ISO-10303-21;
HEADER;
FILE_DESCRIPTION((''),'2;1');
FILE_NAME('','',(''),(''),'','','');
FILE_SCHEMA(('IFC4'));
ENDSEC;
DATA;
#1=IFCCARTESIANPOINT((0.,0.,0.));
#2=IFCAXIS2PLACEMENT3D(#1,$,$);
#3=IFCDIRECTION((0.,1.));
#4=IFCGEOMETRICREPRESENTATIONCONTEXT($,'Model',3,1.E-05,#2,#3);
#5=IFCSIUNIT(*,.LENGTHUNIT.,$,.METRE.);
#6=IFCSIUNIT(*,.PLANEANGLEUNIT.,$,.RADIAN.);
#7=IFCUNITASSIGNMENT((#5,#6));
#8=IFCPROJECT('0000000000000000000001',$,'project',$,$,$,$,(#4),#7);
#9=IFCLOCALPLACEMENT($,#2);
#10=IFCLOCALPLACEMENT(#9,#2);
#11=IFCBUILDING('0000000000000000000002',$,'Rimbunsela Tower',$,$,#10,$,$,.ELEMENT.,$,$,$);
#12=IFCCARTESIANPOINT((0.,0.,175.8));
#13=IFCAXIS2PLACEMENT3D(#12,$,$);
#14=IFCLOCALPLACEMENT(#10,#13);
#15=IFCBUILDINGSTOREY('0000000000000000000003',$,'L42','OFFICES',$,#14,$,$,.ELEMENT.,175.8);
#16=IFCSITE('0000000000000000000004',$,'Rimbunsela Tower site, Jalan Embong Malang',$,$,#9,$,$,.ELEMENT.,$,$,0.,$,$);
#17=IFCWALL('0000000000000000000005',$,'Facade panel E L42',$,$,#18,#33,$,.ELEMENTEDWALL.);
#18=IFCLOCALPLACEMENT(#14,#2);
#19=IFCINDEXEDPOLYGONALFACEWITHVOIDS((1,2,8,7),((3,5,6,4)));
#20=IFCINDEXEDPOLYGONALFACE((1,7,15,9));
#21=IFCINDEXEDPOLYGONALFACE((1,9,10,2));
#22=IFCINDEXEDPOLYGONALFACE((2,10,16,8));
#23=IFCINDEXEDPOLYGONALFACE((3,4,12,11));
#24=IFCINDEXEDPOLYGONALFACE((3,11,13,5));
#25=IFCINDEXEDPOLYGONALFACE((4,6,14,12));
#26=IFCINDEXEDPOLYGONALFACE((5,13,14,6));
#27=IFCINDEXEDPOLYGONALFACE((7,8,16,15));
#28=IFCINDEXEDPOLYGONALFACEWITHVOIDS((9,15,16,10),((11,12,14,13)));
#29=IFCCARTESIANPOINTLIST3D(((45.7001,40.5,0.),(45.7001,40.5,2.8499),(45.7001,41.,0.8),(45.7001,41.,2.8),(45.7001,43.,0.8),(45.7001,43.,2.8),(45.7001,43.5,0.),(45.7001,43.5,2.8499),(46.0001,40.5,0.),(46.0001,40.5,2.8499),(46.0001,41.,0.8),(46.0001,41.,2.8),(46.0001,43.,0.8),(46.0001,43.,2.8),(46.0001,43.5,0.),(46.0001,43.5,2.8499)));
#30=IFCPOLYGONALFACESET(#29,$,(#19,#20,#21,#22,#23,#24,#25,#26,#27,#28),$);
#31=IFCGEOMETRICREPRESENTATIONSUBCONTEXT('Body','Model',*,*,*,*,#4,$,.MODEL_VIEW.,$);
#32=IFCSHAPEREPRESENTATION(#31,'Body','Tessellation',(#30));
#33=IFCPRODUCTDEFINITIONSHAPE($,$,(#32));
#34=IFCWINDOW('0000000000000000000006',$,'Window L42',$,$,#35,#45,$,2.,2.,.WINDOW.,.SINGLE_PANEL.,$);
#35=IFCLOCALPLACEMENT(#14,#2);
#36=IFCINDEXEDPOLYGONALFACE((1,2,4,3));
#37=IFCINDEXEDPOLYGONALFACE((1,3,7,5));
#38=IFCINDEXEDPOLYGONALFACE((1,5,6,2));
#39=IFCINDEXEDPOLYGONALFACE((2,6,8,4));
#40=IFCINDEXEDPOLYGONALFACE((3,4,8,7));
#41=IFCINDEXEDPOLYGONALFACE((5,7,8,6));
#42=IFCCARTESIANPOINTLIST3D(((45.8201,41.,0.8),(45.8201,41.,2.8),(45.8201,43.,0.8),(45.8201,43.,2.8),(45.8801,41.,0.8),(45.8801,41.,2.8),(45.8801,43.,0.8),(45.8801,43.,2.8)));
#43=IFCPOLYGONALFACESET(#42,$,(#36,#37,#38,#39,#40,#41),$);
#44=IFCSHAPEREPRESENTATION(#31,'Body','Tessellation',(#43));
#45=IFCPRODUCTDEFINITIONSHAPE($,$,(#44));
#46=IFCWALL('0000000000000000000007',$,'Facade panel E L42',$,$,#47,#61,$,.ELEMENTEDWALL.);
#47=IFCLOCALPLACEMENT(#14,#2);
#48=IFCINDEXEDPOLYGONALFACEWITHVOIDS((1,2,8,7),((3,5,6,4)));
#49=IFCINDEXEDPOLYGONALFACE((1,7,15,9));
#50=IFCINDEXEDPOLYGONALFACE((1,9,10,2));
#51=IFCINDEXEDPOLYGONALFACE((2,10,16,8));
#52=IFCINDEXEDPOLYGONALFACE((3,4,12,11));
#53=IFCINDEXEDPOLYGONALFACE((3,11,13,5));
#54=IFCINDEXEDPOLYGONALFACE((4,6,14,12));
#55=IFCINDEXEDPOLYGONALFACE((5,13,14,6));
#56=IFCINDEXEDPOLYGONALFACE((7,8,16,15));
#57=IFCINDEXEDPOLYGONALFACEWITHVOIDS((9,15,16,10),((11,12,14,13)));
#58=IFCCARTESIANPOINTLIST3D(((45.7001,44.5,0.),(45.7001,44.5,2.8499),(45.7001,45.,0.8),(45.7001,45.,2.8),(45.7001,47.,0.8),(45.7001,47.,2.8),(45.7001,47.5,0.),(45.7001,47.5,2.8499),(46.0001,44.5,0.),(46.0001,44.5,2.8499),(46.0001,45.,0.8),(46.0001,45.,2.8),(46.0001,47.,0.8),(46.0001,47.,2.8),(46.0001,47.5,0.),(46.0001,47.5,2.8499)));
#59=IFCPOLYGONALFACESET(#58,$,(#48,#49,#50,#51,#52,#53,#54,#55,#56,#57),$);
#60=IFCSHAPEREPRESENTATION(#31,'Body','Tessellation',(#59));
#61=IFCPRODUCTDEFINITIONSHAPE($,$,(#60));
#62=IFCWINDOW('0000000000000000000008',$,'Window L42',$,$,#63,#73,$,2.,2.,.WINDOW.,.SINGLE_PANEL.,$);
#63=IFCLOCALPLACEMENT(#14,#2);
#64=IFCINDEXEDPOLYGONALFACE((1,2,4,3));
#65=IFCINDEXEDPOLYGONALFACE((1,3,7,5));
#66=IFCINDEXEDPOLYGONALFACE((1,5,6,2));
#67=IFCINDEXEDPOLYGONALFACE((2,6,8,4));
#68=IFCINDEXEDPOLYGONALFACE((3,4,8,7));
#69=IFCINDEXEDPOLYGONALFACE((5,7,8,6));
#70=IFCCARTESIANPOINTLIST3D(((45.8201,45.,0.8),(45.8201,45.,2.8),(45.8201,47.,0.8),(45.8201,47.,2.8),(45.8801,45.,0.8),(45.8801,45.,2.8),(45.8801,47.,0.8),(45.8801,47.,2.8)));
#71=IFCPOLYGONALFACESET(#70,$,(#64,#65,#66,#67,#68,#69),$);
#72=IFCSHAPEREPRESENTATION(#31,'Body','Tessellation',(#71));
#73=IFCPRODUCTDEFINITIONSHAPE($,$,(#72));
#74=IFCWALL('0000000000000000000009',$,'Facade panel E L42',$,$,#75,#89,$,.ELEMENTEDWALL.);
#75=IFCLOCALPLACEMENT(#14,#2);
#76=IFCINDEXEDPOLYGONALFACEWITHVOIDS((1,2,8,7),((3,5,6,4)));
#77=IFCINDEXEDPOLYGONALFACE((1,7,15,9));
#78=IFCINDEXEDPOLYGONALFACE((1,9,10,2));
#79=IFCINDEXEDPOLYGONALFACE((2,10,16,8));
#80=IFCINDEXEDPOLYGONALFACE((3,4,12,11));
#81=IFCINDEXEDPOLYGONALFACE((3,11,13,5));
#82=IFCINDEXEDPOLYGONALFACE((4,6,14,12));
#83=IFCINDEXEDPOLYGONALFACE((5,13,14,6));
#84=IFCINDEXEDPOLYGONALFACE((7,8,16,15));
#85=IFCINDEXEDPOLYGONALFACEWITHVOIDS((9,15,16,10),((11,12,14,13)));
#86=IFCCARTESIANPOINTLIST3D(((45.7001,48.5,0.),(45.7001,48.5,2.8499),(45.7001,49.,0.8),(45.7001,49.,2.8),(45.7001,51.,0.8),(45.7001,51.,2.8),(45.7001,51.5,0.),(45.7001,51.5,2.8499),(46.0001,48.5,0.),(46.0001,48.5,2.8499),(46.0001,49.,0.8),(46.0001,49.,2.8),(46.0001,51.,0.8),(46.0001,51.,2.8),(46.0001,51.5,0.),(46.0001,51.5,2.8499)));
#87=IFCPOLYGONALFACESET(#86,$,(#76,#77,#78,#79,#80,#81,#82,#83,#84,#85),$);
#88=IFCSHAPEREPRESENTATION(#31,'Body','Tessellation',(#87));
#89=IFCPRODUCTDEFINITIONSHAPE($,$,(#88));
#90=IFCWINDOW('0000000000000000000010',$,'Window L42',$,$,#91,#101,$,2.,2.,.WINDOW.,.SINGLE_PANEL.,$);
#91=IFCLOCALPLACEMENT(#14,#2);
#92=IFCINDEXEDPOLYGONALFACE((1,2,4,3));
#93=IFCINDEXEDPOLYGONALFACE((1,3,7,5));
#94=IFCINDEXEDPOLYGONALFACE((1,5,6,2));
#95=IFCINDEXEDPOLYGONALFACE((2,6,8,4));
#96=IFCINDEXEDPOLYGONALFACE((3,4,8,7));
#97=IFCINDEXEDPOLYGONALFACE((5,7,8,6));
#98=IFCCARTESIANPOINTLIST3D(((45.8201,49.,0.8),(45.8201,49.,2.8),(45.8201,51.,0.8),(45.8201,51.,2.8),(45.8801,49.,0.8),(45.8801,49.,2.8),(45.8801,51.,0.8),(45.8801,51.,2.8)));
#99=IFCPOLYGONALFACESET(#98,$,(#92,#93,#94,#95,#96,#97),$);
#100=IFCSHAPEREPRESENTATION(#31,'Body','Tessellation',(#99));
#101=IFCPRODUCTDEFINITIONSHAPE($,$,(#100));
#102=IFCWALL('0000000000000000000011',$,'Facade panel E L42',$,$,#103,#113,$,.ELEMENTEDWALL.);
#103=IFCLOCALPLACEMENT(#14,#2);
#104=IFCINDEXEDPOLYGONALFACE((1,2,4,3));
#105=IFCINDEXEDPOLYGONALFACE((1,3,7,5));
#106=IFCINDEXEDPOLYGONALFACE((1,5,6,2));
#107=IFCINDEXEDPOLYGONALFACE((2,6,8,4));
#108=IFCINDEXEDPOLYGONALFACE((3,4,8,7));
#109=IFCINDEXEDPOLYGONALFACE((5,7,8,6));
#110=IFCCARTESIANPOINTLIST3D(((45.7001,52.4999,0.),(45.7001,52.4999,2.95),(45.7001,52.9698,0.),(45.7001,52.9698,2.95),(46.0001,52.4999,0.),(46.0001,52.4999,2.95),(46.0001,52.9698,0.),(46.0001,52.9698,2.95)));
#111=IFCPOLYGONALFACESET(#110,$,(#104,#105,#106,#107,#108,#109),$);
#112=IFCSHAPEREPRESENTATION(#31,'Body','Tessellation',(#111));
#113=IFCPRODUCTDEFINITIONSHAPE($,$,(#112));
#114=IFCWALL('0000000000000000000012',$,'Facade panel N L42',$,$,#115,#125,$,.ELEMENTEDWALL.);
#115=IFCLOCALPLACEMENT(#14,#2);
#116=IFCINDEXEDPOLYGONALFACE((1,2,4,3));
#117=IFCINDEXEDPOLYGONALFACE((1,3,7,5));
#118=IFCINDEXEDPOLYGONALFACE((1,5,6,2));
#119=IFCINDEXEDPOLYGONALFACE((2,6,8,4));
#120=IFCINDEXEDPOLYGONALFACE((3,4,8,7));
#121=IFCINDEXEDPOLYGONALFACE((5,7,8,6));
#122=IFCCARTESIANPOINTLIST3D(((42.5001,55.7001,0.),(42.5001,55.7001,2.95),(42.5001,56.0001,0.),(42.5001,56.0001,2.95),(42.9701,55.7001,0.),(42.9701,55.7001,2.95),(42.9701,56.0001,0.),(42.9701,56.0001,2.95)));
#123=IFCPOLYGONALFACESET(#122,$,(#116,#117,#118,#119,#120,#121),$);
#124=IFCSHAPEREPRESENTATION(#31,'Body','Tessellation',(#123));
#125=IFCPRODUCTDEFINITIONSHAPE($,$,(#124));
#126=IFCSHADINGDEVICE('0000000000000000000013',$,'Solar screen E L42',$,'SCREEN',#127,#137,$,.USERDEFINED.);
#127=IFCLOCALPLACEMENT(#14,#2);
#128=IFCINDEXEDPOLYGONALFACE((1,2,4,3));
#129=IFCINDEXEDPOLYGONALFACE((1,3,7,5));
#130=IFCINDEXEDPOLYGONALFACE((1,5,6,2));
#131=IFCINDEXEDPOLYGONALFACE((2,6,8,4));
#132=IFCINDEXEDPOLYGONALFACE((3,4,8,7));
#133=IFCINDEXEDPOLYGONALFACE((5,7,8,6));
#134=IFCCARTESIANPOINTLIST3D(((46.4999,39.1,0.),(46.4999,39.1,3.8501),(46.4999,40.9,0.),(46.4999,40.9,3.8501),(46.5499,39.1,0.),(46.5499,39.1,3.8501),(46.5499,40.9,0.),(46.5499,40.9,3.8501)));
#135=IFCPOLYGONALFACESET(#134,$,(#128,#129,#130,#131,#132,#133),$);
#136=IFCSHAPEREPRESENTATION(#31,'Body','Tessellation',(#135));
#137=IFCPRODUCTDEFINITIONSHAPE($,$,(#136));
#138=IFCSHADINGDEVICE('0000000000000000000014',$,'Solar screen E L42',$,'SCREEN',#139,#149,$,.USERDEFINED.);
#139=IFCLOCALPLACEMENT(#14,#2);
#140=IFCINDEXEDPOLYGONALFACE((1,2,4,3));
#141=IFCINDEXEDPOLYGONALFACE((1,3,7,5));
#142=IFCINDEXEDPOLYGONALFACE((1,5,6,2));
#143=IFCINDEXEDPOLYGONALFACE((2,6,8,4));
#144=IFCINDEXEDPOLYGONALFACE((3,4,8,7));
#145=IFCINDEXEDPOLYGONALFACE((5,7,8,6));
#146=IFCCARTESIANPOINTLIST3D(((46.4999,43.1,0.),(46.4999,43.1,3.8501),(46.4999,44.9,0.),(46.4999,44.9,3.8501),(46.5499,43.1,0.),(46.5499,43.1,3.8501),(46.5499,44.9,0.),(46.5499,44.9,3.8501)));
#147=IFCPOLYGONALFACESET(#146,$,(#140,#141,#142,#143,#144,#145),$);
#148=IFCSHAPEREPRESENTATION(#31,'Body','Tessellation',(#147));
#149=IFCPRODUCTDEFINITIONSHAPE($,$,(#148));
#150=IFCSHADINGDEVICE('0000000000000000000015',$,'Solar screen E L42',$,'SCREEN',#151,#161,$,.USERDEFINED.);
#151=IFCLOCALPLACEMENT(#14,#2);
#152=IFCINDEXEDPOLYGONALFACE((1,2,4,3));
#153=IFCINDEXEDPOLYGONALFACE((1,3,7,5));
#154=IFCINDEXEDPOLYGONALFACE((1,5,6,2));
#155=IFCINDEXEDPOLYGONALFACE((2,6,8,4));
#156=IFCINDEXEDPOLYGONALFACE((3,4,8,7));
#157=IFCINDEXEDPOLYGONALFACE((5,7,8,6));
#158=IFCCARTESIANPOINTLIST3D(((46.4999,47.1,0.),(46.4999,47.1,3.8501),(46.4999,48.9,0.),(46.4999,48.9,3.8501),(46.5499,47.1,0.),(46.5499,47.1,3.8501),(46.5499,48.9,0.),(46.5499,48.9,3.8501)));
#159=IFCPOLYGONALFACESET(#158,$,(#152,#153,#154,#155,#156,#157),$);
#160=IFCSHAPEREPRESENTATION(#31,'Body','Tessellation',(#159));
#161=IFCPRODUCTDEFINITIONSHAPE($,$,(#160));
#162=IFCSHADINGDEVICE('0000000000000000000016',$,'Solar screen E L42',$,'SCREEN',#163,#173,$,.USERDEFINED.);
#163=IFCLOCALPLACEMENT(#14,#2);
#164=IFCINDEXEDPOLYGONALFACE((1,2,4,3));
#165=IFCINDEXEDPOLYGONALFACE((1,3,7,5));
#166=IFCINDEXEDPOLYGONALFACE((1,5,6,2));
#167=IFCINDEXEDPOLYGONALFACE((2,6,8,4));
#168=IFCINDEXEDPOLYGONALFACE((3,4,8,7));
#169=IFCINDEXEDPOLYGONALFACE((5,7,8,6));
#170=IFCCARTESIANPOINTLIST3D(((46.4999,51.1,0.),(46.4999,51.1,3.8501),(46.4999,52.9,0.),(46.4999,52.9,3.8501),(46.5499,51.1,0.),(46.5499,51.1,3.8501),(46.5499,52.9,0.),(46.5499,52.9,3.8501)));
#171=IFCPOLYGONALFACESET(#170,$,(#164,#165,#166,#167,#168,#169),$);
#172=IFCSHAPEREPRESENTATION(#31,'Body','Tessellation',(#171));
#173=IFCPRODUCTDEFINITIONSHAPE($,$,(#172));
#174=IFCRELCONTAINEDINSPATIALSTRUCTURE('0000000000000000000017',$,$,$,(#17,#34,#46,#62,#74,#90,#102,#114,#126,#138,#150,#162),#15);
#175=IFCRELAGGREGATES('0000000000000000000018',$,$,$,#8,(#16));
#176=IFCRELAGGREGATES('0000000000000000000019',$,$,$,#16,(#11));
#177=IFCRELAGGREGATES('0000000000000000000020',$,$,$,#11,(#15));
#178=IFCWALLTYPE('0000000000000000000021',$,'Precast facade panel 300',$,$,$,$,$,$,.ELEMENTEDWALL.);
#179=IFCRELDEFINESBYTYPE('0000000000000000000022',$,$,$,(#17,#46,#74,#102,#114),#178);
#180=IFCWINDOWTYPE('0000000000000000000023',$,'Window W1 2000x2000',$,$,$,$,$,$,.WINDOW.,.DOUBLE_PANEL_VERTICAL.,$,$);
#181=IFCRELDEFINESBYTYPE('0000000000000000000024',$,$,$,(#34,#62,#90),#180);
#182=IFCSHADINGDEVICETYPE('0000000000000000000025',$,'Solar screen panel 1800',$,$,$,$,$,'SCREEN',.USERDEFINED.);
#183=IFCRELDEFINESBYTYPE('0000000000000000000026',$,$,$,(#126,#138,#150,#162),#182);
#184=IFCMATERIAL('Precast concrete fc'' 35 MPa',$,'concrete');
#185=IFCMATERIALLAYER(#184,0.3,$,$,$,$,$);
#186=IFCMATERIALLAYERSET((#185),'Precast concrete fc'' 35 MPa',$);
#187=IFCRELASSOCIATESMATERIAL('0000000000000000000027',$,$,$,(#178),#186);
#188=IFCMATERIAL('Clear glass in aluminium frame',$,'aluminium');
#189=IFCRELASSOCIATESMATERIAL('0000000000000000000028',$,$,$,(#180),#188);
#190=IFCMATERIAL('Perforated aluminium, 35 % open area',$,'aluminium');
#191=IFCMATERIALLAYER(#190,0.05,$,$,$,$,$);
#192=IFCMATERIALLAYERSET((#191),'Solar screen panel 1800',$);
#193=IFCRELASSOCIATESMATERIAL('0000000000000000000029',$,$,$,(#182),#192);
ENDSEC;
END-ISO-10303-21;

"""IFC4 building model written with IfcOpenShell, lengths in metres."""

from ifc_helpers import new_model, si_unit, direction, frame, frame_2d, origin, origin_2d, place, context, subcontext, project, spatial, rectangle, extrude, material, layer, layer_set, type_object, element, fill, save


model = new_model("IFC4")

# Units and contexts
model_context = context("Model", 3, precision=1e-05, world=origin(), true_north=direction((0.0, 1.0)))
body_context = subcontext(model_context, "Body", "Model", "MODEL_VIEW")
ifc_project = project(units=[si_unit("LENGTHUNIT", "METRE"), si_unit("PLANEANGLEUNIT", "RADIAN")], contexts=[model_context])

# Site, building, storey
site_placement = place(None, origin())
site = spatial("IfcSite", under=ifc_project, at=site_placement, Name="Rimbunsela Tower site, Jalan Embong Malang", CompositionType="ELEMENT", RefElevation=0.0)
building_placement = place(site_placement, origin())
building = spatial("IfcBuilding", under=site, at=building_placement, Name="Rimbunsela Tower", CompositionType="ELEMENT")
storey_placement = place(building_placement, frame((0.0, 0.0, 175.8)))
storey = spatial("IfcBuildingStorey", under=building, at=storey_placement, Name="L42", Description="OFFICES", CompositionType="ELEMENT", Elevation=175.8)

# Walls, openings, windows
ifc_material_1 = material(Name="Precast concrete fc' 35 MPa", Category="concrete")
ifc_layer_1 = layer(ifc_material_1, 0.3)
ifc_layer_set_1 = layer_set([ifc_layer_1], Name="Precast concrete fc' 35 MPa")
wall_type = type_object("IfcWallType", Name="Precast facade panel 300", PredefinedType="ELEMENTEDWALL", material=ifc_layer_set_1)
wall_1_placement = place(storey_placement, frame((45.8501, 40.5, 0.0), z_axis=(0.0, 0.0, 1.0), x_axis=(0.0, 1.0, 0.0)))
wall_1 = element("IfcWall", 1, at=wall_1_placement, inside=storey, type_object=wall_type, Name="Facade panel E L42", PredefinedType="ELEMENTEDWALL", context=body_context, shape_type="SweptSolid", body=[
    extrude(rectangle(XDim=3.0, YDim=0.3, at=frame_2d((1.5, 0.0))), origin(), (0.0, 0.0, 1.0), 2.8499),
])
opening_1_placement = place(wall_1_placement, frame((0.5, 0.0, 0.8)))
opening_1 = element("IfcOpeningElement", 2, at=opening_1_placement, cuts=wall_1, PredefinedType="OPENING", context=body_context, shape_type="SweptSolid", body=[
    extrude(rectangle(XDim=2.0, YDim=2.0, at=frame_2d((1.0, 1.0))), frame((0.0, 0.1599, 0.0), z_axis=(0.0, -1.0, 0.0), x_axis=(1.0, 0.0, 0.0)), (0.0, 0.0, 1.0), 0.3201),
])
ifc_material_2 = material(Name="Clear glass in aluminium frame", Category="aluminium")
window_type = type_object("IfcWindowType", Name="Window W1 2000x2000", PartitioningType="DOUBLE_PANEL_VERTICAL", PredefinedType="WINDOW", material=ifc_material_2)
window_1_placement = place(opening_1_placement, origin())
window_1 = element("IfcWindow", 3, at=window_1_placement, inside=storey, type_object=window_type, Name="Window L42", OverallHeight=2.0, OverallWidth=2.0, PartitioningType="SINGLE_PANEL", PredefinedType="WINDOW", context=body_context, shape_type="SweptSolid", body=[
    extrude(rectangle(XDim=2.0, YDim=2.0, at=frame_2d((1.0, 1.0))), frame((0.0, 0.03, 0.0), z_axis=(0.0, -1.0, 0.0), x_axis=(1.0, 0.0, 0.0)), (0.0, 0.0, 1.0), 0.0601),
])
fill(opening_1, window_1)
wall_2_placement = place(storey_placement, frame((45.8501, 44.5, 0.0), z_axis=(0.0, 0.0, 1.0), x_axis=(0.0, 1.0, 0.0)))
wall_2 = element("IfcWall", 4, at=wall_2_placement, inside=storey, type_object=wall_type, Name="Facade panel E L42", PredefinedType="ELEMENTEDWALL", context=body_context, shape_type="SweptSolid", body=[
    extrude(rectangle(XDim=3.0, YDim=0.3, at=frame_2d((1.5, 0.0))), origin(), (0.0, 0.0, 1.0), 2.8499),
])
opening_2_placement = place(wall_2_placement, frame((0.5, 0.0, 0.8)))
opening_2 = element("IfcOpeningElement", 5, at=opening_2_placement, cuts=wall_2, PredefinedType="OPENING", context=body_context, shape_type="SweptSolid", body=[
    extrude(rectangle(XDim=2.0, YDim=2.0, at=frame_2d((1.0, 1.0))), frame((0.0, 0.1599, 0.0), z_axis=(0.0, -1.0, 0.0), x_axis=(1.0, 0.0, 0.0)), (0.0, 0.0, 1.0), 0.3201),
])
window_2_placement = place(opening_2_placement, origin())
window_2 = element("IfcWindow", 6, at=window_2_placement, inside=storey, type_object=window_type, Name="Window L42", OverallHeight=2.0, OverallWidth=2.0, PartitioningType="SINGLE_PANEL", PredefinedType="WINDOW", context=body_context, shape_type="SweptSolid", body=[
    extrude(rectangle(XDim=2.0, YDim=2.0, at=frame_2d((1.0, 1.0))), frame((0.0, 0.03, 0.0), z_axis=(0.0, -1.0, 0.0), x_axis=(1.0, 0.0, 0.0)), (0.0, 0.0, 1.0), 0.0601),
])
fill(opening_2, window_2)
wall_3_placement = place(storey_placement, frame((45.8501, 48.5, 0.0), z_axis=(0.0, 0.0, 1.0), x_axis=(0.0, 1.0, 0.0)))
wall_3 = element("IfcWall", 7, at=wall_3_placement, inside=storey, type_object=wall_type, Name="Facade panel E L42", PredefinedType="ELEMENTEDWALL", context=body_context, shape_type="SweptSolid", body=[
    extrude(rectangle(XDim=3.0, YDim=0.3, at=frame_2d((1.5, 0.0))), origin(), (0.0, 0.0, 1.0), 2.8499),
])
opening_3_placement = place(wall_3_placement, frame((0.5, 0.0, 0.8)))
opening_3 = element("IfcOpeningElement", 8, at=opening_3_placement, cuts=wall_3, PredefinedType="OPENING", context=body_context, shape_type="SweptSolid", body=[
    extrude(rectangle(XDim=2.0, YDim=2.0, at=frame_2d((1.0, 1.0))), frame((0.0, 0.1599, 0.0), z_axis=(0.0, -1.0, 0.0), x_axis=(1.0, 0.0, 0.0)), (0.0, 0.0, 1.0), 0.3201),
])
window_3_placement = place(opening_3_placement, origin())
window_3 = element("IfcWindow", 9, at=window_3_placement, inside=storey, type_object=window_type, Name="Window L42", OverallHeight=2.0, OverallWidth=2.0, PartitioningType="SINGLE_PANEL", PredefinedType="WINDOW", context=body_context, shape_type="SweptSolid", body=[
    extrude(rectangle(XDim=2.0, YDim=2.0, at=frame_2d((1.0, 1.0))), frame((0.0, 0.03, 0.0), z_axis=(0.0, -1.0, 0.0), x_axis=(1.0, 0.0, 0.0)), (0.0, 0.0, 1.0), 0.0601),
])
fill(opening_3, window_3)

# Walls
for number, where, z_axis, x_axis, name in (
    (10, (45.8501, 52.5, 0.0), (0.0, 0.0, 1.0), (0.0, 1.0, 0.0), "Facade panel E L42"),
    (11, (42.97, 55.8501, 0.0), (0.0, 0.0, 1.0), (-1.0, 0.0, 0.0), "Facade panel N L42"),
):
    element("IfcWall", number, at=place(storey_placement, frame(where, z_axis=z_axis, x_axis=x_axis)), inside=storey, type_object=wall_type, Name=name, PredefinedType="ELEMENTEDWALL", context=body_context, shape_type="SweptSolid", body=[
        extrude(rectangle(XDim=0.47, YDim=0.3, at=frame_2d((0.2349, 0.0))), origin(), (0.0, 0.0, 1.0), 2.95),
    ])

# Shading devices
ifc_material_3 = material(Name="Perforated aluminium, 35 % open area", Category="aluminium")
ifc_layer_2 = layer(ifc_material_3, 0.05)
ifc_layer_set_2 = layer_set([ifc_layer_2], Name="Solar screen panel 1800")
shading_device_type = type_object("IfcShadingDeviceType", Name="Solar screen panel 1800", ElementType="SCREEN", PredefinedType="USERDEFINED", material=ifc_layer_set_2)
for number, where, z_axis, x_axis, name in (
    (12, (46.5249, 40.0, 0.0), (0.0, 0.0, 1.0), (0.0, 1.0, 0.0), "Solar screen E L42"),
    (13, (46.5249, 44.0, 0.0), (0.0, 0.0, 1.0), (0.0, 1.0, 0.0), "Solar screen E L42"),
    (14, (46.5249, 48.0, 0.0), (0.0, 0.0, 1.0), (0.0, 1.0, 0.0), "Solar screen E L42"),
    (15, (46.5249, 52.0, 0.0), (0.0, 0.0, 1.0), (0.0, 1.0, 0.0), "Solar screen E L42"),
):
    element("IfcShadingDevice", number, at=place(storey_placement, frame(where, z_axis=z_axis, x_axis=x_axis)), inside=storey, type_object=shading_device_type, Name=name, ObjectType="SCREEN", PredefinedType="USERDEFINED", context=body_context, shape_type="SweptSolid", body=[
        extrude(rectangle(XDim=1.8, YDim=0.05, at=origin_2d()), origin(), (0.0, 0.0, 1.0), 3.8501),
    ])

save(model, "model.ifc")
